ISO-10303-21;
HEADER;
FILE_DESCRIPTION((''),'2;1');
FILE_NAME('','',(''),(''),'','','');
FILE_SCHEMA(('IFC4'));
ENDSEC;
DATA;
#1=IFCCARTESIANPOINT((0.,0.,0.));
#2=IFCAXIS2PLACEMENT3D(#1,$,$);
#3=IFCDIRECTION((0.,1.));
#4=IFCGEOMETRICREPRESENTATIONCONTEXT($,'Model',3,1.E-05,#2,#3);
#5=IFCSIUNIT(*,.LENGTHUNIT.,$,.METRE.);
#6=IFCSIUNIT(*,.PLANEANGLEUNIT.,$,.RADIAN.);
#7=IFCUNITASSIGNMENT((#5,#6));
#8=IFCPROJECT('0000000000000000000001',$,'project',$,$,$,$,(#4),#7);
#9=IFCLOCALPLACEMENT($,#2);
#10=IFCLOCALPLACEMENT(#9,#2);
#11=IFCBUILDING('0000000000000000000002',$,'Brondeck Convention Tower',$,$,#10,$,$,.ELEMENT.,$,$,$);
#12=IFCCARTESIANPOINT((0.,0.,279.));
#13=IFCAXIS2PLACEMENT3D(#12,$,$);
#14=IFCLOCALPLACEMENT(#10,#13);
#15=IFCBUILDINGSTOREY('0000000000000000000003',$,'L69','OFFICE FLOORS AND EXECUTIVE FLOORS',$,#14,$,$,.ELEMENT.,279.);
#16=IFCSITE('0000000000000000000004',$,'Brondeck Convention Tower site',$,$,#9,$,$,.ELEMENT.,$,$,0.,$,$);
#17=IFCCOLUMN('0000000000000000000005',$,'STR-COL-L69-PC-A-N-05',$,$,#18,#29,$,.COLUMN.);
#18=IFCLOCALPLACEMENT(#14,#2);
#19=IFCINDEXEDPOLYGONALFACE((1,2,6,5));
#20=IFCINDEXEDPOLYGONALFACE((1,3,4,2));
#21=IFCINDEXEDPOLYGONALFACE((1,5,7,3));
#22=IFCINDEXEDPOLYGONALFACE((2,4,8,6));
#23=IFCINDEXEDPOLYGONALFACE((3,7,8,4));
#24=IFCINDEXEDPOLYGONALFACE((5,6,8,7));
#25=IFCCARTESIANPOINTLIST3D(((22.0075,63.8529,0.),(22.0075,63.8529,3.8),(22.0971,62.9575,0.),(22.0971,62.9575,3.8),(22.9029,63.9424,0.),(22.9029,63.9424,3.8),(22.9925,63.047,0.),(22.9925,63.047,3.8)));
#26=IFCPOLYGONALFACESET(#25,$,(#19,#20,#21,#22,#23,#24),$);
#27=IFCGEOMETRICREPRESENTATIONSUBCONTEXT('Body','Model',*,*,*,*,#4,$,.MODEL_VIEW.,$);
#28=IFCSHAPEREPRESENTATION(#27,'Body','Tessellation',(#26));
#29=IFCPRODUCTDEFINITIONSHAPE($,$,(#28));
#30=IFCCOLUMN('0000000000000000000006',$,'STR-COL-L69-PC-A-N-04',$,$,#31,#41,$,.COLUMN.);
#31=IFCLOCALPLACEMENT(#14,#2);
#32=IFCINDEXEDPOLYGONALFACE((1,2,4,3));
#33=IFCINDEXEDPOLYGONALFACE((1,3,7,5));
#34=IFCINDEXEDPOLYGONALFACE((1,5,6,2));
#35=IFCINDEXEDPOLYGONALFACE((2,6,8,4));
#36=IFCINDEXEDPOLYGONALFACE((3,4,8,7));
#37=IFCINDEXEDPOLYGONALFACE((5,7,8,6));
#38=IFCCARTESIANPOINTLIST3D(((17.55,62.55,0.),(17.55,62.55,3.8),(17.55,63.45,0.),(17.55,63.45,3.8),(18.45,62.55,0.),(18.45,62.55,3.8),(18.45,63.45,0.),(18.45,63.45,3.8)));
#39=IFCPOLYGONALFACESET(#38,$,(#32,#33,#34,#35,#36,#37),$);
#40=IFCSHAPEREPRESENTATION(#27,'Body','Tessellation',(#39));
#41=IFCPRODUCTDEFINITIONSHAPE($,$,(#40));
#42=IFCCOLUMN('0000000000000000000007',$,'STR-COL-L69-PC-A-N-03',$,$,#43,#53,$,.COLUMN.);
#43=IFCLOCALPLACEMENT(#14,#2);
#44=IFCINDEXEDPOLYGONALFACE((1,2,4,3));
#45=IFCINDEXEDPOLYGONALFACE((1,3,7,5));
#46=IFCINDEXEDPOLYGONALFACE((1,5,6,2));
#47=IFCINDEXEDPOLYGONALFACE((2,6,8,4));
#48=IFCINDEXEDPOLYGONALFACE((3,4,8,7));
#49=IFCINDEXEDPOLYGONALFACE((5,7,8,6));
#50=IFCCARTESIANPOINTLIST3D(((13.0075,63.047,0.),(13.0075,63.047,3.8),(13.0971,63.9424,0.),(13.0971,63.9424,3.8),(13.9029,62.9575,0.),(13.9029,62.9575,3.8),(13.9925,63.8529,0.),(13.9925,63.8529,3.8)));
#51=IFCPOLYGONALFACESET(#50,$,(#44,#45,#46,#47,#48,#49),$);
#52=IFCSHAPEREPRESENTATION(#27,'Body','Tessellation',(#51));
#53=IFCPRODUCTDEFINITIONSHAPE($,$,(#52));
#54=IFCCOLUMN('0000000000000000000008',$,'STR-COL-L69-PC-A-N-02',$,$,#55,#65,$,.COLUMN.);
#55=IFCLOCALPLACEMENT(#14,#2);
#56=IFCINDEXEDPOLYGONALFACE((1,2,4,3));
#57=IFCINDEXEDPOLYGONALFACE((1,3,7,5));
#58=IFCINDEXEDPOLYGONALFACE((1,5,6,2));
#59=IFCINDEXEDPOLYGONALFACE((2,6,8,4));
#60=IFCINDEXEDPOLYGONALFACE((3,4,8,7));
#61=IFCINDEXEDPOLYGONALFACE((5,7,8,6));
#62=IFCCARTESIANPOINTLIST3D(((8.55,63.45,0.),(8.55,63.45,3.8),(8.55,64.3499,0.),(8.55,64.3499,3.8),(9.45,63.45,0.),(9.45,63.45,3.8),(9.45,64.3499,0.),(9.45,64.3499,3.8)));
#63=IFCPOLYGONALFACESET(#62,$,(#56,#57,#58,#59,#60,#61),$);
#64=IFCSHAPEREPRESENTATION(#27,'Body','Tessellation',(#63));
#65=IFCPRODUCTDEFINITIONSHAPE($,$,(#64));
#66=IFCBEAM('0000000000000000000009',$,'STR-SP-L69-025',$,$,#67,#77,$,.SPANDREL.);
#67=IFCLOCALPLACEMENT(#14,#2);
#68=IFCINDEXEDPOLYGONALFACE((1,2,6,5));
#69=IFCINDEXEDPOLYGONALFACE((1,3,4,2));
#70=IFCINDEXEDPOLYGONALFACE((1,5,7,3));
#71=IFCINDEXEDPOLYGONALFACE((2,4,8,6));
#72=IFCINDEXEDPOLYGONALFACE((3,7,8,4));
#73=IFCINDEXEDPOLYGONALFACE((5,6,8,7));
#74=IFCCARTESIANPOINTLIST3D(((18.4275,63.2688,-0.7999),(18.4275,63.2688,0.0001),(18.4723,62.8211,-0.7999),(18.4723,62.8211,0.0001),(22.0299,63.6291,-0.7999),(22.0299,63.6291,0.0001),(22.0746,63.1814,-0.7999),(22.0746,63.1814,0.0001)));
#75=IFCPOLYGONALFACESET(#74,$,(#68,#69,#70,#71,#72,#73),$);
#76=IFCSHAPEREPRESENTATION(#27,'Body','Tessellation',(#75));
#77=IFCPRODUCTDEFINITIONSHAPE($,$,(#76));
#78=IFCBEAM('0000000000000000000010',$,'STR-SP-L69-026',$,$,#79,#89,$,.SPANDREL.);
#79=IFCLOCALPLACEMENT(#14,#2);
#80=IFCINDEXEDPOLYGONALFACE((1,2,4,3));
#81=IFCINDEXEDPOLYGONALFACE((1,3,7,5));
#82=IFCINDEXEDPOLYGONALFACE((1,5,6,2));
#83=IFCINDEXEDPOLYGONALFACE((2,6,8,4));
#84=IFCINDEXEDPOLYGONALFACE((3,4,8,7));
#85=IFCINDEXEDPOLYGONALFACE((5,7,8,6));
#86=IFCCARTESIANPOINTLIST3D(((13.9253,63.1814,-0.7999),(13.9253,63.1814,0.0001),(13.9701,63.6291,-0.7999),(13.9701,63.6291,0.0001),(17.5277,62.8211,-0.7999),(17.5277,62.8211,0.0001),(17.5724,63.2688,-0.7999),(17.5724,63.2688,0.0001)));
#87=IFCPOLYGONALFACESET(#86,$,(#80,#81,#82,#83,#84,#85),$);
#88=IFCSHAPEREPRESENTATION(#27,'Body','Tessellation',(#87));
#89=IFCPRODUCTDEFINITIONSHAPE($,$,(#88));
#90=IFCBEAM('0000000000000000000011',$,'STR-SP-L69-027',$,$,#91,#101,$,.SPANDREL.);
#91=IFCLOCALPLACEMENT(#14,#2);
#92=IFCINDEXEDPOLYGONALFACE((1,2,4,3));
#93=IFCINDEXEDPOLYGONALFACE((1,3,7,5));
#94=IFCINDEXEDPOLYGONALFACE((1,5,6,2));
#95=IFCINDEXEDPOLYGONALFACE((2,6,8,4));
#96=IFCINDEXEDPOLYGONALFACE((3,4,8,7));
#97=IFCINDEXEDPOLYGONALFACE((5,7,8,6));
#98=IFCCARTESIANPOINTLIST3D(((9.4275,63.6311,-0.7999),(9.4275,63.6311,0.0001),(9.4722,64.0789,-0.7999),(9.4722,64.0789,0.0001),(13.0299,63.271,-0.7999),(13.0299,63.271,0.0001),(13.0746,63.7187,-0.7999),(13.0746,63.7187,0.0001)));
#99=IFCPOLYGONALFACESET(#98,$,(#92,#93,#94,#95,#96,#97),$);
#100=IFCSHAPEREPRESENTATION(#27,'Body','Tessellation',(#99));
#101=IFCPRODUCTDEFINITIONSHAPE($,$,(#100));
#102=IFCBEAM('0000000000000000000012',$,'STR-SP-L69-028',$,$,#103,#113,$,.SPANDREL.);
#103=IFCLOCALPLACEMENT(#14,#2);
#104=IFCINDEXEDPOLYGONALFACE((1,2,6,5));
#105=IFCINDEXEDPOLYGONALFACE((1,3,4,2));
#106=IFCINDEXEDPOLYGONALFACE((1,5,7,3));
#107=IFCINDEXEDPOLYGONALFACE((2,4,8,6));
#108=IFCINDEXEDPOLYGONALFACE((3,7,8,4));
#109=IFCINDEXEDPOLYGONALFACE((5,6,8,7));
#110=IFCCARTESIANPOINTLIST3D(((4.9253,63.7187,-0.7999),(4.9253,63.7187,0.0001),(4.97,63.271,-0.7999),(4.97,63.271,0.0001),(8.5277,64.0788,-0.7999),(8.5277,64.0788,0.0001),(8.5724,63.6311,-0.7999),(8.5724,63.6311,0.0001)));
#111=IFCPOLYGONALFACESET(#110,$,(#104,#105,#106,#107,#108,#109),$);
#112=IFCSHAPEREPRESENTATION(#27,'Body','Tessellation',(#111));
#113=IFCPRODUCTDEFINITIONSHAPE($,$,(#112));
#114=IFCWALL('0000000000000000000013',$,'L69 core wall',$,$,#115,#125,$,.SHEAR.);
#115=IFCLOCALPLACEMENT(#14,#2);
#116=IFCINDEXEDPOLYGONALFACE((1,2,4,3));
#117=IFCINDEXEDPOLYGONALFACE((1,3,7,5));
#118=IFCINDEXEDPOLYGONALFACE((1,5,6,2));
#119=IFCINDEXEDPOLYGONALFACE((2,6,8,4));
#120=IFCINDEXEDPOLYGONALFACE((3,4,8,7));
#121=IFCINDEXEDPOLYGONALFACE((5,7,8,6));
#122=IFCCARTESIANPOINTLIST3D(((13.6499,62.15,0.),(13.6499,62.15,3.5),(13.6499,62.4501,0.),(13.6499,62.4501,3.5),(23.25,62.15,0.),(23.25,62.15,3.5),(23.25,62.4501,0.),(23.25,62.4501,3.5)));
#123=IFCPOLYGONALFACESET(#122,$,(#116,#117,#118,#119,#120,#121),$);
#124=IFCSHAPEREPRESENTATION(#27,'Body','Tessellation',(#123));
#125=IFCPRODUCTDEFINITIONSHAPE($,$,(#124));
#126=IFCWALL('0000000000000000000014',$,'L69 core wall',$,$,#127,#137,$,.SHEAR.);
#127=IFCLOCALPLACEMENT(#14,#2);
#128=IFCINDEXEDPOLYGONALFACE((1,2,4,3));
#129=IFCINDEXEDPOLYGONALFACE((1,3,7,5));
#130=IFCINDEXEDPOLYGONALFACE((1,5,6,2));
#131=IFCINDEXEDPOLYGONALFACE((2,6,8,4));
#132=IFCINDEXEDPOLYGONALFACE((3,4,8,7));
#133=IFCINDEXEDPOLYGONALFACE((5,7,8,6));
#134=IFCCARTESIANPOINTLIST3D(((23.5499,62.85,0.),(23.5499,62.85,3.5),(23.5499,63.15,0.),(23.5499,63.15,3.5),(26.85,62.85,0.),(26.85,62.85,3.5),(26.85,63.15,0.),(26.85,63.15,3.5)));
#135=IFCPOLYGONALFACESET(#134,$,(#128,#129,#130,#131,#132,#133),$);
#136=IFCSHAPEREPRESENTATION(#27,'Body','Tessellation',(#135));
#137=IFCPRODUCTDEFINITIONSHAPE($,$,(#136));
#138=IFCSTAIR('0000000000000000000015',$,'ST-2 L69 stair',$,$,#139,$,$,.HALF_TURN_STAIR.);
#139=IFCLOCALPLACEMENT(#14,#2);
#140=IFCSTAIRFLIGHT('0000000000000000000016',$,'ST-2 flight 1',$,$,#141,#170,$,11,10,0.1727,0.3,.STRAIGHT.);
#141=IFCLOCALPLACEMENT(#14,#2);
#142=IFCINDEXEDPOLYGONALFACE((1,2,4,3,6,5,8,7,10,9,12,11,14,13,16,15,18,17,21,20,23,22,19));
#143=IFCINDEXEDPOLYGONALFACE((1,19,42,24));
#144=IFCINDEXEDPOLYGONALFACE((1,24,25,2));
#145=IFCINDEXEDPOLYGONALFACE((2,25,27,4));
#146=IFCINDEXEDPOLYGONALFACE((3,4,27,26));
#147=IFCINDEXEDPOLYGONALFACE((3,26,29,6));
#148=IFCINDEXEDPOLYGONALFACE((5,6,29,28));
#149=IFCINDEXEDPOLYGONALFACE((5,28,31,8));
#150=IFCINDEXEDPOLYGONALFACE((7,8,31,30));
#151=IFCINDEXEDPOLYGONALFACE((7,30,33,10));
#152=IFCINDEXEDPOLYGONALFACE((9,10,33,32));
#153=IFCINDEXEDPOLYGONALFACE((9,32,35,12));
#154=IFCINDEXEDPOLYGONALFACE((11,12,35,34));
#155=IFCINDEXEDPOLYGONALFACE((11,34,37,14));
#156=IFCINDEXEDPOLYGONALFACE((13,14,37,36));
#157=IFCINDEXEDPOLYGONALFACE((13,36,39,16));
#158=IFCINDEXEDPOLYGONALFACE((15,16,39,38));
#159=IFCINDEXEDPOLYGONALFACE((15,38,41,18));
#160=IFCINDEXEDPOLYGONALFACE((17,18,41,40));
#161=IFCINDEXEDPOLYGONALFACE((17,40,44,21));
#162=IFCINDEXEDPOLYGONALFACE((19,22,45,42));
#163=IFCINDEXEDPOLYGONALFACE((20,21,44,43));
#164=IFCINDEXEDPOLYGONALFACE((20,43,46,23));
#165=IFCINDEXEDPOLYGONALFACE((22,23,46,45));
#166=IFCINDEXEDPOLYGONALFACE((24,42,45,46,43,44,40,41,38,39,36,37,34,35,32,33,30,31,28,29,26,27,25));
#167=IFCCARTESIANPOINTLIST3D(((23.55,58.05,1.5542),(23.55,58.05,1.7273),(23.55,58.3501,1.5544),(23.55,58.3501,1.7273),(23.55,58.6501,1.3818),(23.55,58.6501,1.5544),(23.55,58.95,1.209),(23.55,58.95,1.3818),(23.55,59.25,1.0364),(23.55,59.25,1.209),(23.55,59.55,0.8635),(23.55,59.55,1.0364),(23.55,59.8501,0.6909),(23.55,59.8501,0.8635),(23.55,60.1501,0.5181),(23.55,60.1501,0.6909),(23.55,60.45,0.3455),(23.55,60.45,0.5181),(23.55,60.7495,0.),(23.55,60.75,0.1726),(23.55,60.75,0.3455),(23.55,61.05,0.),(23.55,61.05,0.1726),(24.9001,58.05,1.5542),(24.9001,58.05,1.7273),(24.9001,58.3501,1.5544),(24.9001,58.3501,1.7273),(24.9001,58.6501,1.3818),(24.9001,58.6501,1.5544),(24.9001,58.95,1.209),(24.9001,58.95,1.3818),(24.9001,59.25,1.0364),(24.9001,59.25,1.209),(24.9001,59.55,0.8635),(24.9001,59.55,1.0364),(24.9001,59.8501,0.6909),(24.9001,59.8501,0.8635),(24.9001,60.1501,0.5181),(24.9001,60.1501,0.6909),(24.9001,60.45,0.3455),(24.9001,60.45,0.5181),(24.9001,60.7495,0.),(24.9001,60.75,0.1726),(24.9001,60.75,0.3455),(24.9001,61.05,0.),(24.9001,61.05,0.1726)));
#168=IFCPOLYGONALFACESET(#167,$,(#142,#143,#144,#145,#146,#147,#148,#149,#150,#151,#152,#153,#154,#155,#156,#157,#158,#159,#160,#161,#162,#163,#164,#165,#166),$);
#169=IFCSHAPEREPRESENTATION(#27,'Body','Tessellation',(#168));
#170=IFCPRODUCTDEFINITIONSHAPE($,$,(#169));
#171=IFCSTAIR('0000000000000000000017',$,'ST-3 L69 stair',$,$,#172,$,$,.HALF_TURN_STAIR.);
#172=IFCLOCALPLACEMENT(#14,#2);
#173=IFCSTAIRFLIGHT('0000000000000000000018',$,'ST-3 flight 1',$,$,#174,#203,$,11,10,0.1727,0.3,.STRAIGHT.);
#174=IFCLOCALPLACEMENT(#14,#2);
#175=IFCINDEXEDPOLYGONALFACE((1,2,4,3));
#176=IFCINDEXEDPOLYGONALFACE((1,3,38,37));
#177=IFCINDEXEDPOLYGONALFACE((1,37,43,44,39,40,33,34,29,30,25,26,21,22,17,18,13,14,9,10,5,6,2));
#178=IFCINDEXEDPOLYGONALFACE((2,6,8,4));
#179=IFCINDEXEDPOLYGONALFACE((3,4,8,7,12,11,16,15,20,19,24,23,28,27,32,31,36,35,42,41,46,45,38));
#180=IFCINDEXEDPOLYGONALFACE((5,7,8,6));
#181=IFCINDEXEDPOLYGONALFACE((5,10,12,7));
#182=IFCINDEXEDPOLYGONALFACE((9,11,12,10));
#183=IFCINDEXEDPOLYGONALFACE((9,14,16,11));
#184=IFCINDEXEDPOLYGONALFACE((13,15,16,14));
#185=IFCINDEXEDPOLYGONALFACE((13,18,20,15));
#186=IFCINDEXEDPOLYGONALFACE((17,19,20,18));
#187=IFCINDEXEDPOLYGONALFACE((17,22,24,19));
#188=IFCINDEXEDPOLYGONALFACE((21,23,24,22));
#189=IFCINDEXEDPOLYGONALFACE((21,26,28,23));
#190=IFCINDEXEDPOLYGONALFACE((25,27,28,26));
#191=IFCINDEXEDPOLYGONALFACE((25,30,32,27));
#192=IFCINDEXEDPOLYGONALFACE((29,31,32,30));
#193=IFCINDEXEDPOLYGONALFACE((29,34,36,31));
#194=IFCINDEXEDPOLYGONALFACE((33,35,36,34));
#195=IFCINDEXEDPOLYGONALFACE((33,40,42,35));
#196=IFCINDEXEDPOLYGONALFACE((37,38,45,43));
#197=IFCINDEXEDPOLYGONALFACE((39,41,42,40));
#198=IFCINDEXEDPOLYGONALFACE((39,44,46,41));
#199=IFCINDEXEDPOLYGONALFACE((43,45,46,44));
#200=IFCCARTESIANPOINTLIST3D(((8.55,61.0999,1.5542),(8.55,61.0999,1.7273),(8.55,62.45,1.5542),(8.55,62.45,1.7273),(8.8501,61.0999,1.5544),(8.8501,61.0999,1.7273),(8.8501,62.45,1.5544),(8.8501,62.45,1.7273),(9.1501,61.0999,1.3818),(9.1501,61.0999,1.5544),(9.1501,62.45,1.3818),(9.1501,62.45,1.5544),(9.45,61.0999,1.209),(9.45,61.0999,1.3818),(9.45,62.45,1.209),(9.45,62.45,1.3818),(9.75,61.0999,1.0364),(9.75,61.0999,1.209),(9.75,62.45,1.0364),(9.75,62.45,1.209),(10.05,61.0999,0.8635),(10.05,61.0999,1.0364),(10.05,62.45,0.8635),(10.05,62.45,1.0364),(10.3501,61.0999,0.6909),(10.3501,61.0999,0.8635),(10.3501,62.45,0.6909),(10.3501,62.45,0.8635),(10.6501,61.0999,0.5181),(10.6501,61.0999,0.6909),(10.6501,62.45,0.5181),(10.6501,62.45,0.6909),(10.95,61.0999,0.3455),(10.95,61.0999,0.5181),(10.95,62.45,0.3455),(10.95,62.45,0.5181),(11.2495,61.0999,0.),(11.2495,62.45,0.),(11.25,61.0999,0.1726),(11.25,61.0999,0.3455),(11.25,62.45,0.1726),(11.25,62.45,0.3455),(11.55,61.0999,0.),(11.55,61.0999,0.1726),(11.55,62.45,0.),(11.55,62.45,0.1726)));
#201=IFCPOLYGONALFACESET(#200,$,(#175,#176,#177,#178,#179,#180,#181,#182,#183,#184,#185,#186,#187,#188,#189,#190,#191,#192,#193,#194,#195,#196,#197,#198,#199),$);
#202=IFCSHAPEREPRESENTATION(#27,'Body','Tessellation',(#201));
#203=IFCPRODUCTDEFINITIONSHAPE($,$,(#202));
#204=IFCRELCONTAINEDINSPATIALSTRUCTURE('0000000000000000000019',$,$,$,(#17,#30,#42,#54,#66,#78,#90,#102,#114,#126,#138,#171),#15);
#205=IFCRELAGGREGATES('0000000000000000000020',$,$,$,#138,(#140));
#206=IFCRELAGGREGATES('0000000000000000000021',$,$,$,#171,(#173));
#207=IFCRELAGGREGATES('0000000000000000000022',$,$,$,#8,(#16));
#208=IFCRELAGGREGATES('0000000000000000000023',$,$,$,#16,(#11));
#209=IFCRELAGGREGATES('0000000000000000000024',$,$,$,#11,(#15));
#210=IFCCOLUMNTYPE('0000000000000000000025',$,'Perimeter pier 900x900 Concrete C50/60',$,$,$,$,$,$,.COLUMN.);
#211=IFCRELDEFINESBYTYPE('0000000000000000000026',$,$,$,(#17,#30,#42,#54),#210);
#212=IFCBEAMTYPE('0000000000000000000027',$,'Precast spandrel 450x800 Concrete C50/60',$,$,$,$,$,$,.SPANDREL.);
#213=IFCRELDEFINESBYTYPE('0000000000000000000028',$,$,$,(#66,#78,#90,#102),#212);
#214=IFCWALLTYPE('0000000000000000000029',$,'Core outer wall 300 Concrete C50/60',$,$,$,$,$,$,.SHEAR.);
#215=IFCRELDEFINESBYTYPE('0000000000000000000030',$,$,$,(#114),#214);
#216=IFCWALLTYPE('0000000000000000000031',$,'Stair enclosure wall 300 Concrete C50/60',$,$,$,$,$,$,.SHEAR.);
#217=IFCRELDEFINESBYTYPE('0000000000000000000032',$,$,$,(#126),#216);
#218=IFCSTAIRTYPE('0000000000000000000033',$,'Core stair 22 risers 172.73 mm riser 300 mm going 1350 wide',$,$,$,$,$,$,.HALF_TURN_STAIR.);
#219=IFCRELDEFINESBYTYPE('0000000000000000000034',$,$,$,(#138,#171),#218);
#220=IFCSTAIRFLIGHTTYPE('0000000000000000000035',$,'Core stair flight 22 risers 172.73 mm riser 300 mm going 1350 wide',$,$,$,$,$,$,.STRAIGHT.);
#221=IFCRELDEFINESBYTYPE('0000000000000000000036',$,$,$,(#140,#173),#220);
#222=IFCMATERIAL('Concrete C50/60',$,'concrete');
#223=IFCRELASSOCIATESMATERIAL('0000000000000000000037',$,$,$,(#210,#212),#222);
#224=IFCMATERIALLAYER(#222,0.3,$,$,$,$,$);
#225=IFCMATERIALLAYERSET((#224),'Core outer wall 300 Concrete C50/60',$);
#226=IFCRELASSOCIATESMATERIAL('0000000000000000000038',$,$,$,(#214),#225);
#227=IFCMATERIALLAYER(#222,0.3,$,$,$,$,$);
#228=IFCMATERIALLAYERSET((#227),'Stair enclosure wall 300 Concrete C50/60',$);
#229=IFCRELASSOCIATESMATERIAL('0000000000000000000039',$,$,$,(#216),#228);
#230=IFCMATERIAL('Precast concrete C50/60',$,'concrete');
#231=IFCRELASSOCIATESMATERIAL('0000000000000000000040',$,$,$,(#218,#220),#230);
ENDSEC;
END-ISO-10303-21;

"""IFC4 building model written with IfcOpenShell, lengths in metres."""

from ifc_helpers import new_model, si_unit, direction, frame, frame_2d, origin, origin_2d, place, context, subcontext, project, spatial, polyline, rectangle, outline, extrude, material, layer, layer_set, material_profile, profile_set, type_object, element, aggregate, save


model = new_model("IFC4")

# Units and contexts
model_context = context("Model", 3, precision=1e-05, world=origin(), true_north=direction((0.0, 1.0)))
body_context = subcontext(model_context, "Body", "Model", "MODEL_VIEW")
ifc_project = project(units=[si_unit("LENGTHUNIT", "METRE"), si_unit("PLANEANGLEUNIT", "RADIAN")], contexts=[model_context])

# Site, building, storey
site_placement = place(None, origin())
site = spatial("IfcSite", under=ifc_project, at=site_placement, Name="Brondeck Convention Tower site", CompositionType="ELEMENT", RefElevation=0.0)
building_placement = place(site_placement, origin())
building = spatial("IfcBuilding", under=site, at=building_placement, Name="Brondeck Convention Tower", CompositionType="ELEMENT")
storey_placement = place(building_placement, frame((0.0, 0.0, 279.0)))
storey = spatial("IfcBuildingStorey", under=building, at=storey_placement, Name="L69", Description="OFFICE FLOORS AND EXECUTIVE FLOORS", CompositionType="ELEMENT", Elevation=279.0)

# Columns
ifc_material_1 = material(Name="Concrete C50/60", Category="concrete")
ifc_material_profile_1 = material_profile(ifc_material_1, rectangle(XDim=0.8999, YDim=0.8999, at=origin_2d()), Name="Perimeter pier 900x900 Concrete C50/60")
ifc_profile_set_1 = profile_set([ifc_material_profile_1], Name="Concrete C50/60")
column_type = type_object("IfcColumnType", Name="Perimeter pier 900x900 Concrete C50/60", PredefinedType="COLUMN", material=ifc_profile_set_1)
for number, where, z_axis, x_axis, name in (
    (1, (22.5, 63.45, 0.0), (0.0, 0.0, 1.0), (-0.995037, -0.099504, 0.0), "STR-COL-L69-PC-A-N-05"),
    (2, (18.0, 63.0, 0.0), (0.0, 0.0, 1.0), (-1.0, 0.0, 0.0), "STR-COL-L69-PC-A-N-04"),
    (3, (13.5, 63.45, 0.0), (0.0, 0.0, 1.0), (-0.995037, 0.099504, 0.0), "STR-COL-L69-PC-A-N-03"),
    (4, (9.0, 63.8999, 0.0), (0.0, 0.0, 1.0), (-1.0, 0.0, 0.0), "STR-COL-L69-PC-A-N-02"),
):
    element("IfcColumn", number, at=place(storey_placement, frame(where, z_axis=z_axis, x_axis=x_axis)), inside=storey, type_object=column_type, Name=name, PredefinedType="COLUMN", context=body_context, shape_type="SweptSolid", body=[
        extrude(rectangle(XDim=0.8999, YDim=0.8999, at=origin_2d()), origin(), (0.0, 0.0, 1.0), 3.8),
    ])

# Beams
ifc_material_profile_2 = material_profile(ifc_material_1, rectangle(XDim=0.45, YDim=0.8, at=origin_2d()), Name="Precast spandrel 450x800 Concrete C50/60")
ifc_profile_set_2 = profile_set([ifc_material_profile_2], Name="Concrete C50/60")
beam_type = type_object("IfcBeamType", Name="Precast spandrel 450x800 Concrete C50/60", PredefinedType="SPANDREL", material=ifc_profile_set_2)
for number, where, z_axis, x_axis, name in (
    (5, (22.0522, 63.4053, -0.3999), (-0.995034, -0.099537, 0.0), (0.099537, -0.995034, 0.0), "STR-SP-L69-025"),
    (6, (17.55, 63.0449, -0.3999), (-0.995034, 0.099537, 0.0), (-0.099537, -0.995034, 0.0), "STR-SP-L69-026"),
    (7, (13.0522, 63.4949, -0.3999), (-0.995041, 0.09947, 0.0), (-0.09947, -0.995041, 0.0), "STR-SP-L69-027"),
    (8, (8.55, 63.855, -0.3999), (-0.995041, -0.09947, 0.0), (0.09947, -0.995041, 0.0), "STR-SP-L69-028"),
):
    element("IfcBeam", number, at=place(storey_placement, frame(where, z_axis=z_axis, x_axis=x_axis)), inside=storey, type_object=beam_type, Name=name, PredefinedType="SPANDREL", context=body_context, shape_type="SweptSolid", body=[
        extrude(rectangle(XDim=0.45, YDim=0.8, at=origin_2d()), origin(), (0.0, 0.0, 1.0), 3.6204),
    ])

# Walls
ifc_layer_1 = layer(ifc_material_1, 0.3)
ifc_layer_set_1 = layer_set([ifc_layer_1], Name="Core outer wall 300 Concrete C50/60")
wall_type_1 = type_object("IfcWallType", Name="Core outer wall 300 Concrete C50/60", PredefinedType="SHEAR", material=ifc_layer_set_1)
wall_1_placement = place(storey_placement, frame((13.6499, 62.3, 0.0), z_axis=(0.0, 0.0, 1.0), x_axis=(1.0, 0.0, 0.0)))
element("IfcWall", 9, at=wall_1_placement, inside=storey, type_object=wall_type_1, Name="L69 core wall", PredefinedType="SHEAR", context=body_context, shape_type="SweptSolid", body=[
    extrude(rectangle(XDim=9.6001, YDim=0.3, at=frame_2d((4.8, 0.0))), origin(), (0.0, 0.0, 1.0), 3.5),
])
ifc_layer_2 = layer(ifc_material_1, 0.3)
ifc_layer_set_2 = layer_set([ifc_layer_2], Name="Stair enclosure wall 300 Concrete C50/60")
wall_type_2 = type_object("IfcWallType", Name="Stair enclosure wall 300 Concrete C50/60", PredefinedType="SHEAR", material=ifc_layer_set_2)
wall_2_placement = place(storey_placement, frame((23.55, 63.0, 0.0), z_axis=(0.0, 0.0, 1.0), x_axis=(1.0, 0.0, 0.0)))
element("IfcWall", 10, at=wall_2_placement, inside=storey, type_object=wall_type_2, Name="L69 core wall", PredefinedType="SHEAR", context=body_context, shape_type="SweptSolid", body=[
    extrude(rectangle(XDim=3.3, YDim=0.3, at=frame_2d((1.6499, 0.0))), origin(), (0.0, 0.0, 1.0), 3.5),
])

# Stairs, stair flights
ifc_material_2 = material(Name="Precast concrete C50/60", Category="concrete")
stair_type = type_object("IfcStairType", Name="Core stair 22 risers 172.73 mm riser 300 mm going 1350 wide", PredefinedType="HALF_TURN_STAIR", material=ifc_material_2)
stair_1_placement = place(storey_placement, origin())
stair_1 = element("IfcStair", 11, at=stair_1_placement, inside=storey, type_object=stair_type, Name="ST-2 L69 stair", PredefinedType="HALF_TURN_STAIR")
stair_flight_type = type_object("IfcStairFlightType", Name="Core stair flight 22 risers 172.73 mm riser 300 mm going 1350 wide", PredefinedType="STRAIGHT", material=ifc_material_2)
stair_flight_1_placement = place(storey_placement, frame((24.2251, 61.05, 0.0), z_axis=(0.0, 0.0, 1.0), x_axis=(0.0, -1.0, 0.0)))
stair_flight_1 = element("IfcStairFlight", 12, at=stair_flight_1_placement, type_object=stair_flight_type, Name="ST-2 flight 1", NumberOfRisers=11, NumberOfTreads=10, PredefinedType="STRAIGHT", RiserHeight=0.1727, TreadLength=0.3, context=body_context, shape_type="SweptSolid", body=[
    extrude(outline(polyline([(0.0, 0.0), (0.0, 0.1726), (0.3, 0.1726), (0.3, 0.3455), (0.6001, 0.3455), (0.6001, 0.5181), (0.8999, 0.5181), (0.8999, 0.6909), (1.2, 0.6909), (1.2, 0.8635), (1.5, 0.8635), (1.5, 1.0364), (1.8, 1.0364), (1.8, 1.209), (2.1001, 1.209), (2.1001, 1.3818), (2.3999, 1.3818), (2.3999, 1.5544), (2.7, 1.5544), (2.7, 1.7273), (3.0, 1.7273), (3.0, 1.8999), (3.0, 1.5542), (0.3005, 0.0), (0.0, 0.0)])), frame((0.0, 0.675, 0.0), z_axis=(0.0, -1.0, 0.0), x_axis=(1.0, 0.0, 0.0)), (0.0, 0.0, 1.0), 1.3501),
])
aggregate(stair_1, [stair_flight_1])
stair_2_placement = place(storey_placement, origin())
stair_2 = element("IfcStair", 13, at=stair_2_placement, inside=storey, type_object=stair_type, Name="ST-3 L69 stair", PredefinedType="HALF_TURN_STAIR")
stair_flight_2_placement = place(storey_placement, frame((11.55, 61.7749, 0.0), z_axis=(0.0, 0.0, 1.0), x_axis=(-1.0, 0.0, 0.0)))
stair_flight_2 = element("IfcStairFlight", 14, at=stair_flight_2_placement, type_object=stair_flight_type, Name="ST-3 flight 1", NumberOfRisers=11, NumberOfTreads=10, PredefinedType="STRAIGHT", RiserHeight=0.1727, TreadLength=0.3, context=body_context, shape_type="SweptSolid", body=[
    extrude(outline(polyline([(0.0, 0.0), (0.0, 0.1726), (0.3, 0.1726), (0.3, 0.3455), (0.6001, 0.3455), (0.6001, 0.5181), (0.8999, 0.5181), (0.8999, 0.6909), (1.2, 0.6909), (1.2, 0.8635), (1.5, 0.8635), (1.5, 1.0364), (1.8, 1.0364), (1.8, 1.209), (2.1001, 1.209), (2.1001, 1.3818), (2.3999, 1.3818), (2.3999, 1.5544), (2.7, 1.5544), (2.7, 1.7273), (3.0, 1.7273), (3.0, 1.8999), (3.0, 1.5542), (0.3005, 0.0), (0.0, 0.0)])), frame((0.0, 0.675, 0.0), z_axis=(0.0, -1.0, 0.0), x_axis=(1.0, 0.0, 0.0)), (0.0, 0.0, 1.0), 1.3501),
])
aggregate(stair_2, [stair_flight_2])

save(model, "model.ifc")
